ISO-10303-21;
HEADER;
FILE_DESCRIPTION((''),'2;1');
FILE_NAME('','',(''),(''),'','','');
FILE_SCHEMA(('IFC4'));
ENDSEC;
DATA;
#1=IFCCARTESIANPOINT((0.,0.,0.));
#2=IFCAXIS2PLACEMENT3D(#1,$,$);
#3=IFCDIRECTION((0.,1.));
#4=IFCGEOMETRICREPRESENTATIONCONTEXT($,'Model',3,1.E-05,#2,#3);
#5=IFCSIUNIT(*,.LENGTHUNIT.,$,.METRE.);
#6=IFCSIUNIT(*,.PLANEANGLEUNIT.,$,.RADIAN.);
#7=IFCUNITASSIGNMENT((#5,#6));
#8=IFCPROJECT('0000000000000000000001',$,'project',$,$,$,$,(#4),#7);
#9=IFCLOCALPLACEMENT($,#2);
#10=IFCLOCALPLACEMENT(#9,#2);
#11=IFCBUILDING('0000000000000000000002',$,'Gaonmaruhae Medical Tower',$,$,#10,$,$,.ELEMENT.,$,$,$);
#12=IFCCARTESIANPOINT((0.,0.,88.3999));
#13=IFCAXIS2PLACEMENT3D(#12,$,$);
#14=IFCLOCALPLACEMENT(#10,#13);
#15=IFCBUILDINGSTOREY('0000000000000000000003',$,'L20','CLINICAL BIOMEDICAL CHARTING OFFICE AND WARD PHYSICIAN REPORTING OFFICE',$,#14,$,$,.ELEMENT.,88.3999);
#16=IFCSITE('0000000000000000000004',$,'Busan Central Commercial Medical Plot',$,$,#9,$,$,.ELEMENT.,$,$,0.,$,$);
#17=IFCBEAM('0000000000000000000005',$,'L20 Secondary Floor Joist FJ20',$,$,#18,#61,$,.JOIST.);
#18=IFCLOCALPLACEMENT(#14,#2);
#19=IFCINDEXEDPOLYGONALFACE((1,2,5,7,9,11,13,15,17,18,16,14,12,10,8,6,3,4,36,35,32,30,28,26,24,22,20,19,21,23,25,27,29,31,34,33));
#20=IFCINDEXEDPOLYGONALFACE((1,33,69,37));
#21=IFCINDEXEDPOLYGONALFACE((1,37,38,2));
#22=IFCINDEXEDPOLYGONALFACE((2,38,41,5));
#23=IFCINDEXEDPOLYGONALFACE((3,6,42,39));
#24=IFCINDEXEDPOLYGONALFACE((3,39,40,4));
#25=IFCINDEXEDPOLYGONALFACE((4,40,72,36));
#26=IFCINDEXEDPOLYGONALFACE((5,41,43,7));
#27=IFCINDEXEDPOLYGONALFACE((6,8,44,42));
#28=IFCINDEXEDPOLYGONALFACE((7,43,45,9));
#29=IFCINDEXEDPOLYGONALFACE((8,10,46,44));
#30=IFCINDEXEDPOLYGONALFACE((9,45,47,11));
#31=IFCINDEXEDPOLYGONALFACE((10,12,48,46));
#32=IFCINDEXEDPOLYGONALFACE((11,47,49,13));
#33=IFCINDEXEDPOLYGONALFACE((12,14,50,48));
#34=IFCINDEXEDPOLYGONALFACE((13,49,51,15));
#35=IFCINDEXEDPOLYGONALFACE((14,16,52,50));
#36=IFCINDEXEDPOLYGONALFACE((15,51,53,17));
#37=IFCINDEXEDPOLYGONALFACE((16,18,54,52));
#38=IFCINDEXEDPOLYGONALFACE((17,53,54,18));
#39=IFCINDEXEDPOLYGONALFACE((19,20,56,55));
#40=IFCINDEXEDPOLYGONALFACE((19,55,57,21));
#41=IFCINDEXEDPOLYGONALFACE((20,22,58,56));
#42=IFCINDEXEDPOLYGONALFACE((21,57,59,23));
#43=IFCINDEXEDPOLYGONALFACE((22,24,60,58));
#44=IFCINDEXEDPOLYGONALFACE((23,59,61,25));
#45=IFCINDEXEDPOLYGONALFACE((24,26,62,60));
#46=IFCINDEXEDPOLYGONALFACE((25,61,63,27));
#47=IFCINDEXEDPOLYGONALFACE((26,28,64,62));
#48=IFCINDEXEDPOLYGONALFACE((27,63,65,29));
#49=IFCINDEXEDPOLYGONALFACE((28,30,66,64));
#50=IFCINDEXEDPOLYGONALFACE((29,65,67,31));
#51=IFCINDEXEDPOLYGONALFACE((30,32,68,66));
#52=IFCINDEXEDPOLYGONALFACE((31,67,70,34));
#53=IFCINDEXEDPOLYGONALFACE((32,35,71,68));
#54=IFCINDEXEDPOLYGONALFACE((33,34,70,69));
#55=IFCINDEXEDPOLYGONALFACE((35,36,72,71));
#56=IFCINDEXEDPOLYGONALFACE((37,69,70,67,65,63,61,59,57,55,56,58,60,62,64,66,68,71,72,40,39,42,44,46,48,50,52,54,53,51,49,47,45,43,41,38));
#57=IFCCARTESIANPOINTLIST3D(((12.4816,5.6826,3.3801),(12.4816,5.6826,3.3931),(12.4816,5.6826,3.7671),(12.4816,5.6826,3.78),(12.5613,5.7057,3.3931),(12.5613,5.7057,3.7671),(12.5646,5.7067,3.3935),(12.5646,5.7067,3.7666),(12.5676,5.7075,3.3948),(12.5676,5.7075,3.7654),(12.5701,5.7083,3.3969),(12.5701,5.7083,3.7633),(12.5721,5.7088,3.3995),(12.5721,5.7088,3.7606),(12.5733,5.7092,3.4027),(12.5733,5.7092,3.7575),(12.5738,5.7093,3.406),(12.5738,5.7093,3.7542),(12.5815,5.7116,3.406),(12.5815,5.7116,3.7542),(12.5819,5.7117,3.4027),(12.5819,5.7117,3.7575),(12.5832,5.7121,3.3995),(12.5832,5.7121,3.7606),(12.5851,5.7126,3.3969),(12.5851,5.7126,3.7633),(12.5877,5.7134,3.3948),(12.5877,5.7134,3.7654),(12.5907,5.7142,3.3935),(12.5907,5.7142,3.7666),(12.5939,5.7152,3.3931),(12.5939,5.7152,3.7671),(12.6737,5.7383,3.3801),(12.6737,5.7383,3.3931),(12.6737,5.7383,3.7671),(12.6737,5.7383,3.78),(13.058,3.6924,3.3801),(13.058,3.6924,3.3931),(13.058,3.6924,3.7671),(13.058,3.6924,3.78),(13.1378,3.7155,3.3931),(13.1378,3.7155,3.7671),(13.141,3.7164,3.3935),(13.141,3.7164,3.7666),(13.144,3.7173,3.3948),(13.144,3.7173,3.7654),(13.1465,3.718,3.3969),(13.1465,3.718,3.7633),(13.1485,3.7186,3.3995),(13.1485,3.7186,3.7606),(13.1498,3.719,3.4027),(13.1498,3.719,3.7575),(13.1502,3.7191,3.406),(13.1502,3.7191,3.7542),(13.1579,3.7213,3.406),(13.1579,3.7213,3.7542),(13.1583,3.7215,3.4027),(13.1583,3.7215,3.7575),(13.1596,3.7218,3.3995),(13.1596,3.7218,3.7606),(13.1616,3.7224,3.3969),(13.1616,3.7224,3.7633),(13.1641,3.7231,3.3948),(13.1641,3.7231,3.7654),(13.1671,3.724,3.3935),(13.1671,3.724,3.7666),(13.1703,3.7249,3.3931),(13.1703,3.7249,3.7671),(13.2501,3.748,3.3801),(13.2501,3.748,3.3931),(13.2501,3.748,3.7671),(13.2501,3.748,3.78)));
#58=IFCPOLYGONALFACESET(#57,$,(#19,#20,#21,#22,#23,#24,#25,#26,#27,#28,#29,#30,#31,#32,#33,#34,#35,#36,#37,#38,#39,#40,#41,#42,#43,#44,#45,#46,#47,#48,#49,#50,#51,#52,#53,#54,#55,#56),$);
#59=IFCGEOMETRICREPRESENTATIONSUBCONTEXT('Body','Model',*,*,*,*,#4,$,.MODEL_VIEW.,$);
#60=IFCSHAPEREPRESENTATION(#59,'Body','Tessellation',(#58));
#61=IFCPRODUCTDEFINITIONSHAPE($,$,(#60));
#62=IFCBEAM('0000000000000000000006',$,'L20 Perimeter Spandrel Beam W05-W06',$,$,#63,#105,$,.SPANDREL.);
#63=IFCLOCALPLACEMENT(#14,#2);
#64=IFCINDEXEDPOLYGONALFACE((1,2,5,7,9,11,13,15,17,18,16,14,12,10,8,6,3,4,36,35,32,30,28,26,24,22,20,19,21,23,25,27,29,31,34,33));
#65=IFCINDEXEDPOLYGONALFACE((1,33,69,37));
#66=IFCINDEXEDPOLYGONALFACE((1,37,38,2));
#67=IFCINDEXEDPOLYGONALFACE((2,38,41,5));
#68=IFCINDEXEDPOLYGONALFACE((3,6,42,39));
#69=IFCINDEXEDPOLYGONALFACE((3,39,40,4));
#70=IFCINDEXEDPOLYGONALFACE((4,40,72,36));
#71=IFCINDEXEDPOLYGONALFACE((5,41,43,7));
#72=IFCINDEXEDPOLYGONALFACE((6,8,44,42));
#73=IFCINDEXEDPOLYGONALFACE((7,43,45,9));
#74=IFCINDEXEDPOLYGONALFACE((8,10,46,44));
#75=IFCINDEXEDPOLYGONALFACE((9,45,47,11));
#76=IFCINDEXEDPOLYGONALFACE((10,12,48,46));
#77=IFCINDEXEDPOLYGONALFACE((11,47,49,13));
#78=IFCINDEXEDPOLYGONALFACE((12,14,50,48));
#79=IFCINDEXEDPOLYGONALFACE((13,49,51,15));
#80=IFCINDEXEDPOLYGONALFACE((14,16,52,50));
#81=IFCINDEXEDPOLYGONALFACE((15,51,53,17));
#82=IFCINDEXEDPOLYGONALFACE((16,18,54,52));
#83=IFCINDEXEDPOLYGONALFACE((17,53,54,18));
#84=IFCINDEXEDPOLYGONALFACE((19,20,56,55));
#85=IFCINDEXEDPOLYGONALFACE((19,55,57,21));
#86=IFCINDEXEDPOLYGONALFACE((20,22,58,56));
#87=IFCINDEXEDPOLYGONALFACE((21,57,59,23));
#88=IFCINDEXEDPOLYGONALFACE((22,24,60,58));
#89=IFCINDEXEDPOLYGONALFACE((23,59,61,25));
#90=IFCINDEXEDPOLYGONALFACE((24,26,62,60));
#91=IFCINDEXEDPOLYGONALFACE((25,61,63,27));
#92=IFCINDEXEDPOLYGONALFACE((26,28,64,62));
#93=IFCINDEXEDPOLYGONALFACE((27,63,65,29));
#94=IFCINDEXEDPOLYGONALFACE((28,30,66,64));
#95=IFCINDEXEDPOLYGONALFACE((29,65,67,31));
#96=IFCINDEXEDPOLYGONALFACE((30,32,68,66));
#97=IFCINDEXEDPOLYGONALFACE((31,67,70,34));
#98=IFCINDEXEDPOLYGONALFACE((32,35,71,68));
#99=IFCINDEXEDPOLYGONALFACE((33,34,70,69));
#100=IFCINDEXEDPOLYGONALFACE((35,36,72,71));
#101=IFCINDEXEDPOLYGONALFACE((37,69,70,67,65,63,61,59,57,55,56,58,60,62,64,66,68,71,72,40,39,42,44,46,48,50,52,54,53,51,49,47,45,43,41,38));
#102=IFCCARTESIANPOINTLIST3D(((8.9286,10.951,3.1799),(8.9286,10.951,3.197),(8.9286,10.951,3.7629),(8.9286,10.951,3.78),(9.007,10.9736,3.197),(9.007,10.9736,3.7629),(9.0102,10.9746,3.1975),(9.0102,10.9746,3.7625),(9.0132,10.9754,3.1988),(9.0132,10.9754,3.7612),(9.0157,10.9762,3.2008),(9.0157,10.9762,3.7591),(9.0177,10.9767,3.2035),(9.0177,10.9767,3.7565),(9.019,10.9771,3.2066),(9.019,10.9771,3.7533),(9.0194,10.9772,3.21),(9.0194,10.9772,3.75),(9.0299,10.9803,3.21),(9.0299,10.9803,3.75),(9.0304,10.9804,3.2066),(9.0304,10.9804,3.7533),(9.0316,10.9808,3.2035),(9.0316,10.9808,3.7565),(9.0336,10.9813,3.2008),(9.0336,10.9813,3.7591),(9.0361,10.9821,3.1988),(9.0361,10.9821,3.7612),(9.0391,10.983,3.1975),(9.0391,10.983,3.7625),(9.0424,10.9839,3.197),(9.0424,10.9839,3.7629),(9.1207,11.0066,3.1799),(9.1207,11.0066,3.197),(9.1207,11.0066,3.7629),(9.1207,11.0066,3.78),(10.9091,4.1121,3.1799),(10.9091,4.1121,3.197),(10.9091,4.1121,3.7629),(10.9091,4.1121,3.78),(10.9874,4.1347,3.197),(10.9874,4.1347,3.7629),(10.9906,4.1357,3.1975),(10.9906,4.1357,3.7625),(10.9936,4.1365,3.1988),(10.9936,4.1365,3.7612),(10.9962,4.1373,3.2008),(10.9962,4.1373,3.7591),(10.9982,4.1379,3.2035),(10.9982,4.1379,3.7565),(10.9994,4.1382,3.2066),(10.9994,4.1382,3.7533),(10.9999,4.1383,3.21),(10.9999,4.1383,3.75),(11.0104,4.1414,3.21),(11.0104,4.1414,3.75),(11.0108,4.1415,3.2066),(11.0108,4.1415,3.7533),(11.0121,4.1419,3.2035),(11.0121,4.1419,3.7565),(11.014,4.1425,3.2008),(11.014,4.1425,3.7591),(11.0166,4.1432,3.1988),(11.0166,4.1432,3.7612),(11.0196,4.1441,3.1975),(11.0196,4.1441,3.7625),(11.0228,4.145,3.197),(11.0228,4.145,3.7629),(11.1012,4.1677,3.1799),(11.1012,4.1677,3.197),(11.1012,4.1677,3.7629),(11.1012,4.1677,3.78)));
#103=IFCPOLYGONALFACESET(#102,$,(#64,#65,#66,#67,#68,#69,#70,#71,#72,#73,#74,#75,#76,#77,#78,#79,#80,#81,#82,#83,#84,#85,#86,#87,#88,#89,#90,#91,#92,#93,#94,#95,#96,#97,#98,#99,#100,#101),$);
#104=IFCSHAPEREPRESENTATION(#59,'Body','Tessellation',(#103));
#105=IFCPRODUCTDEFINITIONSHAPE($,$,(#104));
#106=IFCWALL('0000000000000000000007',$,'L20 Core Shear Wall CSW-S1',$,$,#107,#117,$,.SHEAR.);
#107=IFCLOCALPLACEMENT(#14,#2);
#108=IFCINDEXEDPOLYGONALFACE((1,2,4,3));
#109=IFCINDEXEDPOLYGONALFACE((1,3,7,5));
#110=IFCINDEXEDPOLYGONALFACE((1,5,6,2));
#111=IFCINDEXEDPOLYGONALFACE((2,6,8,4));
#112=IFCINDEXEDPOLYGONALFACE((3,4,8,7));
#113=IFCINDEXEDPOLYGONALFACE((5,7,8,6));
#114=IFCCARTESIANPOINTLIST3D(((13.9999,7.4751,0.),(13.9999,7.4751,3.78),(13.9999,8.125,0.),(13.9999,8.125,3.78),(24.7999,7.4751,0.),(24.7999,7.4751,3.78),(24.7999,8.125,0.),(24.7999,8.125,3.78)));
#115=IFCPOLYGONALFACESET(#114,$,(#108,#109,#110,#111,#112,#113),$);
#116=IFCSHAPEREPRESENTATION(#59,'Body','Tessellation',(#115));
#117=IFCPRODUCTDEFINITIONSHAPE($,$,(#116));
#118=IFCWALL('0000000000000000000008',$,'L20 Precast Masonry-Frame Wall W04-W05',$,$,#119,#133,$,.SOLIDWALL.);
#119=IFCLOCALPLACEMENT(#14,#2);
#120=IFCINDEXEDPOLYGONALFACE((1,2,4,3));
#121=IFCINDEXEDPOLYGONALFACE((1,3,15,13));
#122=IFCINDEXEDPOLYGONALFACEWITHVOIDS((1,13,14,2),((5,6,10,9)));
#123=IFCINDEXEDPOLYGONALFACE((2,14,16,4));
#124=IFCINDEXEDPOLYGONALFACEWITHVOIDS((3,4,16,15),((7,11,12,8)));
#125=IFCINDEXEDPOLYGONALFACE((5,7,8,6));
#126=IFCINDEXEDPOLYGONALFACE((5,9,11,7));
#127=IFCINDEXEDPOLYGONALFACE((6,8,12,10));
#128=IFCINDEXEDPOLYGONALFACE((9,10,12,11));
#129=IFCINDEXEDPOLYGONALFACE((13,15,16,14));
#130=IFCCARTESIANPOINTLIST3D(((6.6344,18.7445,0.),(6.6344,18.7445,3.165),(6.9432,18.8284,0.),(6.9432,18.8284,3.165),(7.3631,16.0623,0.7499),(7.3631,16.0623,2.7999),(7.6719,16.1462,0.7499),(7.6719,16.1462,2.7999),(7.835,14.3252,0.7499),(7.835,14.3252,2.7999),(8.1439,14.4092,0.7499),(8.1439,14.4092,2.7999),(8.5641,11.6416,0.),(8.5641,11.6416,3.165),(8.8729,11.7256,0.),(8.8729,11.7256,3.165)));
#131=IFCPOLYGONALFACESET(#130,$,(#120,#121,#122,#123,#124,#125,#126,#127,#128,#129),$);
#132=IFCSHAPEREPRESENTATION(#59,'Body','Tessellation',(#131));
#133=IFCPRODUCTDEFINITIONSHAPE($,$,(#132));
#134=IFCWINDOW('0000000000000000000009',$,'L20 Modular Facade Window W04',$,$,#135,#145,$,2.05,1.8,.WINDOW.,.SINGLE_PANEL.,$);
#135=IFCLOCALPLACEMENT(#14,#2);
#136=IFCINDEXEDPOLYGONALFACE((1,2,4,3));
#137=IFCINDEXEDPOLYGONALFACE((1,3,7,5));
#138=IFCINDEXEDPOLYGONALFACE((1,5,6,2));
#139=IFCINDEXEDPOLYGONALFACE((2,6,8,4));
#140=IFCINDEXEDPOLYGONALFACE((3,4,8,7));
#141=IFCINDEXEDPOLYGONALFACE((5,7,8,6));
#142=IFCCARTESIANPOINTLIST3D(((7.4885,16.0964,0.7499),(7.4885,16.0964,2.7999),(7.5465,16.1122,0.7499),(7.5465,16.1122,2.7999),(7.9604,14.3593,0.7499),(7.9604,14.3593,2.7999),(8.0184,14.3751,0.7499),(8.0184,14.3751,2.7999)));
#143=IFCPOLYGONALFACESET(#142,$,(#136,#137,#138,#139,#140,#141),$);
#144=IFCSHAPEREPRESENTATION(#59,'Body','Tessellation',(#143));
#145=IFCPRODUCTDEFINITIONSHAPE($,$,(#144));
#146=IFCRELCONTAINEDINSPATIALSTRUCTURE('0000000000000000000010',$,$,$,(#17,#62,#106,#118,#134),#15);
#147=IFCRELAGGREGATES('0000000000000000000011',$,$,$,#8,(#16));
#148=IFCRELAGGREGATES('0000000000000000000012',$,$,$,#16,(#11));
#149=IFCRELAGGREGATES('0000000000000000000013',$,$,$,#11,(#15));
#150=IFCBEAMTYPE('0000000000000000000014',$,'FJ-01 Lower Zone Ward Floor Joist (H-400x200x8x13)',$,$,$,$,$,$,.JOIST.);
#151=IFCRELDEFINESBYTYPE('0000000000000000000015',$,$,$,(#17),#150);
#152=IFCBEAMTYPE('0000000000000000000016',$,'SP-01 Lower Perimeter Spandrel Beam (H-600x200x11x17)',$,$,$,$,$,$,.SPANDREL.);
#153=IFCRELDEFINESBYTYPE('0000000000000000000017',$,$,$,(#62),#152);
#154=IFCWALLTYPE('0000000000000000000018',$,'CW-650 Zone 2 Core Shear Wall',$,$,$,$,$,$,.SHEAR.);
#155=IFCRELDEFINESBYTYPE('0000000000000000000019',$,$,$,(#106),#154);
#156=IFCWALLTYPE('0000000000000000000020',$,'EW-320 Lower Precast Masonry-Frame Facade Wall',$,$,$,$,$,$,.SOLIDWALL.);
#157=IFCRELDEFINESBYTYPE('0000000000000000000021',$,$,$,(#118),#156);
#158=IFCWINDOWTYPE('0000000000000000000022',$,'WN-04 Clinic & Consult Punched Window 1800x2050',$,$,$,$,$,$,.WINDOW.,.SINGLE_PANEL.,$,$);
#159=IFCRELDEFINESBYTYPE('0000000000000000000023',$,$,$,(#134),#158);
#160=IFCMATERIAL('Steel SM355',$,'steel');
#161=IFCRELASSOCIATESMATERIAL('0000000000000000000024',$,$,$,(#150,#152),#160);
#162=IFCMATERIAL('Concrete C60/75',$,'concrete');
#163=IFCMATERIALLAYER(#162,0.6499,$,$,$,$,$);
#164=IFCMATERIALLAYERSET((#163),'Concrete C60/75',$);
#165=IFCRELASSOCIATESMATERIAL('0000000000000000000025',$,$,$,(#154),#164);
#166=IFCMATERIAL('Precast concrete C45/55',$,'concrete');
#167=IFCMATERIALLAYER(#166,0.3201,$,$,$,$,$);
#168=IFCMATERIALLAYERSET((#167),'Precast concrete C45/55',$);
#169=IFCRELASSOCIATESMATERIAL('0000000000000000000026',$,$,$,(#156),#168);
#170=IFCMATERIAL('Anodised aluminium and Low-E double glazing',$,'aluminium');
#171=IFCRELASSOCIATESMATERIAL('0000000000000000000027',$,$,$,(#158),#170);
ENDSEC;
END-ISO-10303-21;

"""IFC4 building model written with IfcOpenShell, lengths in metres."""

from ifc_helpers import new_model, si_unit, direction, frame, frame_2d, origin, origin_2d, place, context, subcontext, project, spatial, rectangle, i_section, extrude, material, layer, layer_set, material_profile, profile_set, type_object, element, fill, save


model = new_model("IFC4")

# Units and contexts
model_context = context("Model", 3, precision=1e-05, world=origin(), true_north=direction((0.0, 1.0)))
body_context = subcontext(model_context, "Body", "Model", "MODEL_VIEW")
ifc_project = project(units=[si_unit("LENGTHUNIT", "METRE"), si_unit("PLANEANGLEUNIT", "RADIAN")], contexts=[model_context])

# Site, building, storey
site_placement = place(None, origin())
site = spatial("IfcSite", under=ifc_project, at=site_placement, Name="Busan Central Commercial Medical Plot", CompositionType="ELEMENT", RefElevation=0.0)
building_placement = place(site_placement, origin())
building = spatial("IfcBuilding", under=site, at=building_placement, Name="Gaonmaruhae Medical Tower", CompositionType="ELEMENT")
storey_placement = place(building_placement, frame((0.0, 0.0, 88.3999)))
storey = spatial("IfcBuildingStorey", under=building, at=storey_placement, Name="L20", Description="CLINICAL BIOMEDICAL CHARTING OFFICE AND WARD PHYSICIAN REPORTING OFFICE", CompositionType="ELEMENT", Elevation=88.3999)

# Shared definitions
ifc_material_1 = material(Name="Concrete C60/75", Category="concrete")

# Beams
ifc_material_2 = material(Name="Steel SM355", Category="steel")
ifc_material_profile_1 = material_profile(ifc_material_2, i_section(OverallWidth=0.2, OverallDepth=0.3999, WebThickness=0.0081, FlangeThickness=0.0129, FilletRadius=0.0129, at=origin_2d()), Name="H-400x200x8x13")
ifc_profile_set_1 = profile_set([ifc_material_profile_1], Name="Steel SM355")
beam_type_1 = type_object("IfcBeamType", Name="FJ-01 Lower Zone Ward Floor Joist (H-400x200x8x13)", PredefinedType="JOIST", material=ifc_profile_set_1)
beam_1_placement = place(storey_placement, frame((12.5776, 5.7104, 3.5801), z_axis=(0.27819, -0.960526, 0.0), x_axis=(0.960526, 0.27819, 0.0)))
element("IfcBeam", 1, at=beam_1_placement, inside=storey, type_object=beam_type_1, Name="L20 Secondary Floor Joist FJ20", PredefinedType="JOIST", context=body_context, shape_type="SweptSolid", body=[
    extrude(i_section(OverallWidth=0.2, OverallDepth=0.3999, WebThickness=0.0081, FlangeThickness=0.0129, FilletRadius=0.0129, at=origin_2d()), origin(), (0.0, 0.0, 1.0), 2.072),
])
ifc_material_profile_2 = material_profile(ifc_material_2, i_section(OverallWidth=0.2, OverallDepth=0.6001, WebThickness=0.011, FlangeThickness=0.0171, FilletRadius=0.0129, at=origin_2d()), Name="H-600x200x11x17")
ifc_profile_set_2 = profile_set([ifc_material_profile_2], Name="Steel SM355")
beam_type_2 = type_object("IfcBeamType", Name="SP-01 Lower Perimeter Spandrel Beam (H-600x200x11x17)", PredefinedType="SPANDREL", material=ifc_profile_set_2)
beam_2_placement = place(storey_placement, frame((9.0247, 10.9788, 3.48), z_axis=(0.278161, -0.960534, 0.0), x_axis=(0.960534, 0.278161, 0.0)))
element("IfcBeam", 2, at=beam_2_placement, inside=storey, type_object=beam_type_2, Name="L20 Perimeter Spandrel Beam W05-W06", PredefinedType="SPANDREL", context=body_context, shape_type="SweptSolid", body=[
    extrude(i_section(OverallWidth=0.2, OverallDepth=0.6001, WebThickness=0.011, FlangeThickness=0.0171, FilletRadius=0.0129, at=origin_2d()), origin(), (0.0, 0.0, 1.0), 7.1199),
])

# Wall
ifc_layer_1 = layer(ifc_material_1, 0.6499)
ifc_layer_set_1 = layer_set([ifc_layer_1], Name="Concrete C60/75")
wall_type_1 = type_object("IfcWallType", Name="CW-650 Zone 2 Core Shear Wall", PredefinedType="SHEAR", material=ifc_layer_set_1)
wall_1_placement = place(storey_placement, frame((14.0, 7.8, 0.0), z_axis=(0.0, 0.0, 1.0), x_axis=(1.0, 0.0, 0.0)))
element("IfcWall", 3, at=wall_1_placement, inside=storey, type_object=wall_type_1, Name="L20 Core Shear Wall CSW-S1", PredefinedType="SHEAR", context=body_context, shape_type="SweptSolid", body=[
    extrude(rectangle(XDim=10.8, YDim=0.6499, at=frame_2d((5.3999, 0.0))), origin(), (0.0, 0.0, 1.0), 3.78),
])

# Wall, opening, window
ifc_material_3 = material(Name="Precast concrete C45/55", Category="concrete")
ifc_layer_2 = layer(ifc_material_3, 0.3201)
ifc_layer_set_2 = layer_set([ifc_layer_2], Name="Precast concrete C45/55")
wall_type_2 = type_object("IfcWallType", Name="EW-320 Lower Precast Masonry-Frame Facade Wall", PredefinedType="SOLIDWALL", material=ifc_layer_set_2)
wall_2_placement = place(storey_placement, frame((8.7185, 11.6836, 0.0), z_axis=(0.0, 0.0, 1.0), x_axis=(-0.262177, 0.96502, 0.0)))
wall_2 = element("IfcWall", 4, at=wall_2_placement, inside=storey, type_object=wall_type_2, Name="L20 Precast Masonry-Frame Wall W04-W05", PredefinedType="SOLIDWALL", context=body_context, shape_type="SweptSolid", body=[
    extrude(rectangle(XDim=7.3604, YDim=0.3201, at=frame_2d((3.6802, 0.0))), origin(), (0.0, 0.0, 1.0), 3.165),
])
opening_1_placement = place(wall_2_placement, frame((2.781, 0.0, 0.75)))
opening_1 = element("IfcOpeningElement", 5, at=opening_1_placement, cuts=wall_2, PredefinedType="OPENING", context=body_context, shape_type="SweptSolid", body=[
    extrude(rectangle(XDim=1.8, YDim=2.05, at=frame_2d((0.8999, 1.0249))), frame((0.0, 0.1699, 0.0), z_axis=(0.0, -1.0, 0.0), x_axis=(1.0, 0.0, 0.0)), (0.0, 0.0, 1.0), 0.3401),
])
ifc_material_4 = material(Name="Anodised aluminium and Low-E double glazing", Category="aluminium")
window_type_1 = type_object("IfcWindowType", Name="WN-04 Clinic & Consult Punched Window 1800x2050", PartitioningType="SINGLE_PANEL", PredefinedType="WINDOW", material=ifc_material_4)
window_1_placement = place(opening_1_placement, origin())
window_1 = element("IfcWindow", 6, at=window_1_placement, inside=storey, type_object=window_type_1, Name="L20 Modular Facade Window W04", OverallHeight=2.05, OverallWidth=1.8, PartitioningType="SINGLE_PANEL", PredefinedType="WINDOW", context=body_context, shape_type="SweptSolid", body=[
    extrude(rectangle(XDim=1.8, YDim=2.05, at=frame_2d((0.8999, 1.0249))), frame((0.0, 0.03, 0.0), z_axis=(0.0, -1.0, 0.0), x_axis=(1.0, 0.0, 0.0)), (0.0, 0.0, 1.0), 0.0601),
])
fill(opening_1, window_1)

save(model, "model.ifc")
